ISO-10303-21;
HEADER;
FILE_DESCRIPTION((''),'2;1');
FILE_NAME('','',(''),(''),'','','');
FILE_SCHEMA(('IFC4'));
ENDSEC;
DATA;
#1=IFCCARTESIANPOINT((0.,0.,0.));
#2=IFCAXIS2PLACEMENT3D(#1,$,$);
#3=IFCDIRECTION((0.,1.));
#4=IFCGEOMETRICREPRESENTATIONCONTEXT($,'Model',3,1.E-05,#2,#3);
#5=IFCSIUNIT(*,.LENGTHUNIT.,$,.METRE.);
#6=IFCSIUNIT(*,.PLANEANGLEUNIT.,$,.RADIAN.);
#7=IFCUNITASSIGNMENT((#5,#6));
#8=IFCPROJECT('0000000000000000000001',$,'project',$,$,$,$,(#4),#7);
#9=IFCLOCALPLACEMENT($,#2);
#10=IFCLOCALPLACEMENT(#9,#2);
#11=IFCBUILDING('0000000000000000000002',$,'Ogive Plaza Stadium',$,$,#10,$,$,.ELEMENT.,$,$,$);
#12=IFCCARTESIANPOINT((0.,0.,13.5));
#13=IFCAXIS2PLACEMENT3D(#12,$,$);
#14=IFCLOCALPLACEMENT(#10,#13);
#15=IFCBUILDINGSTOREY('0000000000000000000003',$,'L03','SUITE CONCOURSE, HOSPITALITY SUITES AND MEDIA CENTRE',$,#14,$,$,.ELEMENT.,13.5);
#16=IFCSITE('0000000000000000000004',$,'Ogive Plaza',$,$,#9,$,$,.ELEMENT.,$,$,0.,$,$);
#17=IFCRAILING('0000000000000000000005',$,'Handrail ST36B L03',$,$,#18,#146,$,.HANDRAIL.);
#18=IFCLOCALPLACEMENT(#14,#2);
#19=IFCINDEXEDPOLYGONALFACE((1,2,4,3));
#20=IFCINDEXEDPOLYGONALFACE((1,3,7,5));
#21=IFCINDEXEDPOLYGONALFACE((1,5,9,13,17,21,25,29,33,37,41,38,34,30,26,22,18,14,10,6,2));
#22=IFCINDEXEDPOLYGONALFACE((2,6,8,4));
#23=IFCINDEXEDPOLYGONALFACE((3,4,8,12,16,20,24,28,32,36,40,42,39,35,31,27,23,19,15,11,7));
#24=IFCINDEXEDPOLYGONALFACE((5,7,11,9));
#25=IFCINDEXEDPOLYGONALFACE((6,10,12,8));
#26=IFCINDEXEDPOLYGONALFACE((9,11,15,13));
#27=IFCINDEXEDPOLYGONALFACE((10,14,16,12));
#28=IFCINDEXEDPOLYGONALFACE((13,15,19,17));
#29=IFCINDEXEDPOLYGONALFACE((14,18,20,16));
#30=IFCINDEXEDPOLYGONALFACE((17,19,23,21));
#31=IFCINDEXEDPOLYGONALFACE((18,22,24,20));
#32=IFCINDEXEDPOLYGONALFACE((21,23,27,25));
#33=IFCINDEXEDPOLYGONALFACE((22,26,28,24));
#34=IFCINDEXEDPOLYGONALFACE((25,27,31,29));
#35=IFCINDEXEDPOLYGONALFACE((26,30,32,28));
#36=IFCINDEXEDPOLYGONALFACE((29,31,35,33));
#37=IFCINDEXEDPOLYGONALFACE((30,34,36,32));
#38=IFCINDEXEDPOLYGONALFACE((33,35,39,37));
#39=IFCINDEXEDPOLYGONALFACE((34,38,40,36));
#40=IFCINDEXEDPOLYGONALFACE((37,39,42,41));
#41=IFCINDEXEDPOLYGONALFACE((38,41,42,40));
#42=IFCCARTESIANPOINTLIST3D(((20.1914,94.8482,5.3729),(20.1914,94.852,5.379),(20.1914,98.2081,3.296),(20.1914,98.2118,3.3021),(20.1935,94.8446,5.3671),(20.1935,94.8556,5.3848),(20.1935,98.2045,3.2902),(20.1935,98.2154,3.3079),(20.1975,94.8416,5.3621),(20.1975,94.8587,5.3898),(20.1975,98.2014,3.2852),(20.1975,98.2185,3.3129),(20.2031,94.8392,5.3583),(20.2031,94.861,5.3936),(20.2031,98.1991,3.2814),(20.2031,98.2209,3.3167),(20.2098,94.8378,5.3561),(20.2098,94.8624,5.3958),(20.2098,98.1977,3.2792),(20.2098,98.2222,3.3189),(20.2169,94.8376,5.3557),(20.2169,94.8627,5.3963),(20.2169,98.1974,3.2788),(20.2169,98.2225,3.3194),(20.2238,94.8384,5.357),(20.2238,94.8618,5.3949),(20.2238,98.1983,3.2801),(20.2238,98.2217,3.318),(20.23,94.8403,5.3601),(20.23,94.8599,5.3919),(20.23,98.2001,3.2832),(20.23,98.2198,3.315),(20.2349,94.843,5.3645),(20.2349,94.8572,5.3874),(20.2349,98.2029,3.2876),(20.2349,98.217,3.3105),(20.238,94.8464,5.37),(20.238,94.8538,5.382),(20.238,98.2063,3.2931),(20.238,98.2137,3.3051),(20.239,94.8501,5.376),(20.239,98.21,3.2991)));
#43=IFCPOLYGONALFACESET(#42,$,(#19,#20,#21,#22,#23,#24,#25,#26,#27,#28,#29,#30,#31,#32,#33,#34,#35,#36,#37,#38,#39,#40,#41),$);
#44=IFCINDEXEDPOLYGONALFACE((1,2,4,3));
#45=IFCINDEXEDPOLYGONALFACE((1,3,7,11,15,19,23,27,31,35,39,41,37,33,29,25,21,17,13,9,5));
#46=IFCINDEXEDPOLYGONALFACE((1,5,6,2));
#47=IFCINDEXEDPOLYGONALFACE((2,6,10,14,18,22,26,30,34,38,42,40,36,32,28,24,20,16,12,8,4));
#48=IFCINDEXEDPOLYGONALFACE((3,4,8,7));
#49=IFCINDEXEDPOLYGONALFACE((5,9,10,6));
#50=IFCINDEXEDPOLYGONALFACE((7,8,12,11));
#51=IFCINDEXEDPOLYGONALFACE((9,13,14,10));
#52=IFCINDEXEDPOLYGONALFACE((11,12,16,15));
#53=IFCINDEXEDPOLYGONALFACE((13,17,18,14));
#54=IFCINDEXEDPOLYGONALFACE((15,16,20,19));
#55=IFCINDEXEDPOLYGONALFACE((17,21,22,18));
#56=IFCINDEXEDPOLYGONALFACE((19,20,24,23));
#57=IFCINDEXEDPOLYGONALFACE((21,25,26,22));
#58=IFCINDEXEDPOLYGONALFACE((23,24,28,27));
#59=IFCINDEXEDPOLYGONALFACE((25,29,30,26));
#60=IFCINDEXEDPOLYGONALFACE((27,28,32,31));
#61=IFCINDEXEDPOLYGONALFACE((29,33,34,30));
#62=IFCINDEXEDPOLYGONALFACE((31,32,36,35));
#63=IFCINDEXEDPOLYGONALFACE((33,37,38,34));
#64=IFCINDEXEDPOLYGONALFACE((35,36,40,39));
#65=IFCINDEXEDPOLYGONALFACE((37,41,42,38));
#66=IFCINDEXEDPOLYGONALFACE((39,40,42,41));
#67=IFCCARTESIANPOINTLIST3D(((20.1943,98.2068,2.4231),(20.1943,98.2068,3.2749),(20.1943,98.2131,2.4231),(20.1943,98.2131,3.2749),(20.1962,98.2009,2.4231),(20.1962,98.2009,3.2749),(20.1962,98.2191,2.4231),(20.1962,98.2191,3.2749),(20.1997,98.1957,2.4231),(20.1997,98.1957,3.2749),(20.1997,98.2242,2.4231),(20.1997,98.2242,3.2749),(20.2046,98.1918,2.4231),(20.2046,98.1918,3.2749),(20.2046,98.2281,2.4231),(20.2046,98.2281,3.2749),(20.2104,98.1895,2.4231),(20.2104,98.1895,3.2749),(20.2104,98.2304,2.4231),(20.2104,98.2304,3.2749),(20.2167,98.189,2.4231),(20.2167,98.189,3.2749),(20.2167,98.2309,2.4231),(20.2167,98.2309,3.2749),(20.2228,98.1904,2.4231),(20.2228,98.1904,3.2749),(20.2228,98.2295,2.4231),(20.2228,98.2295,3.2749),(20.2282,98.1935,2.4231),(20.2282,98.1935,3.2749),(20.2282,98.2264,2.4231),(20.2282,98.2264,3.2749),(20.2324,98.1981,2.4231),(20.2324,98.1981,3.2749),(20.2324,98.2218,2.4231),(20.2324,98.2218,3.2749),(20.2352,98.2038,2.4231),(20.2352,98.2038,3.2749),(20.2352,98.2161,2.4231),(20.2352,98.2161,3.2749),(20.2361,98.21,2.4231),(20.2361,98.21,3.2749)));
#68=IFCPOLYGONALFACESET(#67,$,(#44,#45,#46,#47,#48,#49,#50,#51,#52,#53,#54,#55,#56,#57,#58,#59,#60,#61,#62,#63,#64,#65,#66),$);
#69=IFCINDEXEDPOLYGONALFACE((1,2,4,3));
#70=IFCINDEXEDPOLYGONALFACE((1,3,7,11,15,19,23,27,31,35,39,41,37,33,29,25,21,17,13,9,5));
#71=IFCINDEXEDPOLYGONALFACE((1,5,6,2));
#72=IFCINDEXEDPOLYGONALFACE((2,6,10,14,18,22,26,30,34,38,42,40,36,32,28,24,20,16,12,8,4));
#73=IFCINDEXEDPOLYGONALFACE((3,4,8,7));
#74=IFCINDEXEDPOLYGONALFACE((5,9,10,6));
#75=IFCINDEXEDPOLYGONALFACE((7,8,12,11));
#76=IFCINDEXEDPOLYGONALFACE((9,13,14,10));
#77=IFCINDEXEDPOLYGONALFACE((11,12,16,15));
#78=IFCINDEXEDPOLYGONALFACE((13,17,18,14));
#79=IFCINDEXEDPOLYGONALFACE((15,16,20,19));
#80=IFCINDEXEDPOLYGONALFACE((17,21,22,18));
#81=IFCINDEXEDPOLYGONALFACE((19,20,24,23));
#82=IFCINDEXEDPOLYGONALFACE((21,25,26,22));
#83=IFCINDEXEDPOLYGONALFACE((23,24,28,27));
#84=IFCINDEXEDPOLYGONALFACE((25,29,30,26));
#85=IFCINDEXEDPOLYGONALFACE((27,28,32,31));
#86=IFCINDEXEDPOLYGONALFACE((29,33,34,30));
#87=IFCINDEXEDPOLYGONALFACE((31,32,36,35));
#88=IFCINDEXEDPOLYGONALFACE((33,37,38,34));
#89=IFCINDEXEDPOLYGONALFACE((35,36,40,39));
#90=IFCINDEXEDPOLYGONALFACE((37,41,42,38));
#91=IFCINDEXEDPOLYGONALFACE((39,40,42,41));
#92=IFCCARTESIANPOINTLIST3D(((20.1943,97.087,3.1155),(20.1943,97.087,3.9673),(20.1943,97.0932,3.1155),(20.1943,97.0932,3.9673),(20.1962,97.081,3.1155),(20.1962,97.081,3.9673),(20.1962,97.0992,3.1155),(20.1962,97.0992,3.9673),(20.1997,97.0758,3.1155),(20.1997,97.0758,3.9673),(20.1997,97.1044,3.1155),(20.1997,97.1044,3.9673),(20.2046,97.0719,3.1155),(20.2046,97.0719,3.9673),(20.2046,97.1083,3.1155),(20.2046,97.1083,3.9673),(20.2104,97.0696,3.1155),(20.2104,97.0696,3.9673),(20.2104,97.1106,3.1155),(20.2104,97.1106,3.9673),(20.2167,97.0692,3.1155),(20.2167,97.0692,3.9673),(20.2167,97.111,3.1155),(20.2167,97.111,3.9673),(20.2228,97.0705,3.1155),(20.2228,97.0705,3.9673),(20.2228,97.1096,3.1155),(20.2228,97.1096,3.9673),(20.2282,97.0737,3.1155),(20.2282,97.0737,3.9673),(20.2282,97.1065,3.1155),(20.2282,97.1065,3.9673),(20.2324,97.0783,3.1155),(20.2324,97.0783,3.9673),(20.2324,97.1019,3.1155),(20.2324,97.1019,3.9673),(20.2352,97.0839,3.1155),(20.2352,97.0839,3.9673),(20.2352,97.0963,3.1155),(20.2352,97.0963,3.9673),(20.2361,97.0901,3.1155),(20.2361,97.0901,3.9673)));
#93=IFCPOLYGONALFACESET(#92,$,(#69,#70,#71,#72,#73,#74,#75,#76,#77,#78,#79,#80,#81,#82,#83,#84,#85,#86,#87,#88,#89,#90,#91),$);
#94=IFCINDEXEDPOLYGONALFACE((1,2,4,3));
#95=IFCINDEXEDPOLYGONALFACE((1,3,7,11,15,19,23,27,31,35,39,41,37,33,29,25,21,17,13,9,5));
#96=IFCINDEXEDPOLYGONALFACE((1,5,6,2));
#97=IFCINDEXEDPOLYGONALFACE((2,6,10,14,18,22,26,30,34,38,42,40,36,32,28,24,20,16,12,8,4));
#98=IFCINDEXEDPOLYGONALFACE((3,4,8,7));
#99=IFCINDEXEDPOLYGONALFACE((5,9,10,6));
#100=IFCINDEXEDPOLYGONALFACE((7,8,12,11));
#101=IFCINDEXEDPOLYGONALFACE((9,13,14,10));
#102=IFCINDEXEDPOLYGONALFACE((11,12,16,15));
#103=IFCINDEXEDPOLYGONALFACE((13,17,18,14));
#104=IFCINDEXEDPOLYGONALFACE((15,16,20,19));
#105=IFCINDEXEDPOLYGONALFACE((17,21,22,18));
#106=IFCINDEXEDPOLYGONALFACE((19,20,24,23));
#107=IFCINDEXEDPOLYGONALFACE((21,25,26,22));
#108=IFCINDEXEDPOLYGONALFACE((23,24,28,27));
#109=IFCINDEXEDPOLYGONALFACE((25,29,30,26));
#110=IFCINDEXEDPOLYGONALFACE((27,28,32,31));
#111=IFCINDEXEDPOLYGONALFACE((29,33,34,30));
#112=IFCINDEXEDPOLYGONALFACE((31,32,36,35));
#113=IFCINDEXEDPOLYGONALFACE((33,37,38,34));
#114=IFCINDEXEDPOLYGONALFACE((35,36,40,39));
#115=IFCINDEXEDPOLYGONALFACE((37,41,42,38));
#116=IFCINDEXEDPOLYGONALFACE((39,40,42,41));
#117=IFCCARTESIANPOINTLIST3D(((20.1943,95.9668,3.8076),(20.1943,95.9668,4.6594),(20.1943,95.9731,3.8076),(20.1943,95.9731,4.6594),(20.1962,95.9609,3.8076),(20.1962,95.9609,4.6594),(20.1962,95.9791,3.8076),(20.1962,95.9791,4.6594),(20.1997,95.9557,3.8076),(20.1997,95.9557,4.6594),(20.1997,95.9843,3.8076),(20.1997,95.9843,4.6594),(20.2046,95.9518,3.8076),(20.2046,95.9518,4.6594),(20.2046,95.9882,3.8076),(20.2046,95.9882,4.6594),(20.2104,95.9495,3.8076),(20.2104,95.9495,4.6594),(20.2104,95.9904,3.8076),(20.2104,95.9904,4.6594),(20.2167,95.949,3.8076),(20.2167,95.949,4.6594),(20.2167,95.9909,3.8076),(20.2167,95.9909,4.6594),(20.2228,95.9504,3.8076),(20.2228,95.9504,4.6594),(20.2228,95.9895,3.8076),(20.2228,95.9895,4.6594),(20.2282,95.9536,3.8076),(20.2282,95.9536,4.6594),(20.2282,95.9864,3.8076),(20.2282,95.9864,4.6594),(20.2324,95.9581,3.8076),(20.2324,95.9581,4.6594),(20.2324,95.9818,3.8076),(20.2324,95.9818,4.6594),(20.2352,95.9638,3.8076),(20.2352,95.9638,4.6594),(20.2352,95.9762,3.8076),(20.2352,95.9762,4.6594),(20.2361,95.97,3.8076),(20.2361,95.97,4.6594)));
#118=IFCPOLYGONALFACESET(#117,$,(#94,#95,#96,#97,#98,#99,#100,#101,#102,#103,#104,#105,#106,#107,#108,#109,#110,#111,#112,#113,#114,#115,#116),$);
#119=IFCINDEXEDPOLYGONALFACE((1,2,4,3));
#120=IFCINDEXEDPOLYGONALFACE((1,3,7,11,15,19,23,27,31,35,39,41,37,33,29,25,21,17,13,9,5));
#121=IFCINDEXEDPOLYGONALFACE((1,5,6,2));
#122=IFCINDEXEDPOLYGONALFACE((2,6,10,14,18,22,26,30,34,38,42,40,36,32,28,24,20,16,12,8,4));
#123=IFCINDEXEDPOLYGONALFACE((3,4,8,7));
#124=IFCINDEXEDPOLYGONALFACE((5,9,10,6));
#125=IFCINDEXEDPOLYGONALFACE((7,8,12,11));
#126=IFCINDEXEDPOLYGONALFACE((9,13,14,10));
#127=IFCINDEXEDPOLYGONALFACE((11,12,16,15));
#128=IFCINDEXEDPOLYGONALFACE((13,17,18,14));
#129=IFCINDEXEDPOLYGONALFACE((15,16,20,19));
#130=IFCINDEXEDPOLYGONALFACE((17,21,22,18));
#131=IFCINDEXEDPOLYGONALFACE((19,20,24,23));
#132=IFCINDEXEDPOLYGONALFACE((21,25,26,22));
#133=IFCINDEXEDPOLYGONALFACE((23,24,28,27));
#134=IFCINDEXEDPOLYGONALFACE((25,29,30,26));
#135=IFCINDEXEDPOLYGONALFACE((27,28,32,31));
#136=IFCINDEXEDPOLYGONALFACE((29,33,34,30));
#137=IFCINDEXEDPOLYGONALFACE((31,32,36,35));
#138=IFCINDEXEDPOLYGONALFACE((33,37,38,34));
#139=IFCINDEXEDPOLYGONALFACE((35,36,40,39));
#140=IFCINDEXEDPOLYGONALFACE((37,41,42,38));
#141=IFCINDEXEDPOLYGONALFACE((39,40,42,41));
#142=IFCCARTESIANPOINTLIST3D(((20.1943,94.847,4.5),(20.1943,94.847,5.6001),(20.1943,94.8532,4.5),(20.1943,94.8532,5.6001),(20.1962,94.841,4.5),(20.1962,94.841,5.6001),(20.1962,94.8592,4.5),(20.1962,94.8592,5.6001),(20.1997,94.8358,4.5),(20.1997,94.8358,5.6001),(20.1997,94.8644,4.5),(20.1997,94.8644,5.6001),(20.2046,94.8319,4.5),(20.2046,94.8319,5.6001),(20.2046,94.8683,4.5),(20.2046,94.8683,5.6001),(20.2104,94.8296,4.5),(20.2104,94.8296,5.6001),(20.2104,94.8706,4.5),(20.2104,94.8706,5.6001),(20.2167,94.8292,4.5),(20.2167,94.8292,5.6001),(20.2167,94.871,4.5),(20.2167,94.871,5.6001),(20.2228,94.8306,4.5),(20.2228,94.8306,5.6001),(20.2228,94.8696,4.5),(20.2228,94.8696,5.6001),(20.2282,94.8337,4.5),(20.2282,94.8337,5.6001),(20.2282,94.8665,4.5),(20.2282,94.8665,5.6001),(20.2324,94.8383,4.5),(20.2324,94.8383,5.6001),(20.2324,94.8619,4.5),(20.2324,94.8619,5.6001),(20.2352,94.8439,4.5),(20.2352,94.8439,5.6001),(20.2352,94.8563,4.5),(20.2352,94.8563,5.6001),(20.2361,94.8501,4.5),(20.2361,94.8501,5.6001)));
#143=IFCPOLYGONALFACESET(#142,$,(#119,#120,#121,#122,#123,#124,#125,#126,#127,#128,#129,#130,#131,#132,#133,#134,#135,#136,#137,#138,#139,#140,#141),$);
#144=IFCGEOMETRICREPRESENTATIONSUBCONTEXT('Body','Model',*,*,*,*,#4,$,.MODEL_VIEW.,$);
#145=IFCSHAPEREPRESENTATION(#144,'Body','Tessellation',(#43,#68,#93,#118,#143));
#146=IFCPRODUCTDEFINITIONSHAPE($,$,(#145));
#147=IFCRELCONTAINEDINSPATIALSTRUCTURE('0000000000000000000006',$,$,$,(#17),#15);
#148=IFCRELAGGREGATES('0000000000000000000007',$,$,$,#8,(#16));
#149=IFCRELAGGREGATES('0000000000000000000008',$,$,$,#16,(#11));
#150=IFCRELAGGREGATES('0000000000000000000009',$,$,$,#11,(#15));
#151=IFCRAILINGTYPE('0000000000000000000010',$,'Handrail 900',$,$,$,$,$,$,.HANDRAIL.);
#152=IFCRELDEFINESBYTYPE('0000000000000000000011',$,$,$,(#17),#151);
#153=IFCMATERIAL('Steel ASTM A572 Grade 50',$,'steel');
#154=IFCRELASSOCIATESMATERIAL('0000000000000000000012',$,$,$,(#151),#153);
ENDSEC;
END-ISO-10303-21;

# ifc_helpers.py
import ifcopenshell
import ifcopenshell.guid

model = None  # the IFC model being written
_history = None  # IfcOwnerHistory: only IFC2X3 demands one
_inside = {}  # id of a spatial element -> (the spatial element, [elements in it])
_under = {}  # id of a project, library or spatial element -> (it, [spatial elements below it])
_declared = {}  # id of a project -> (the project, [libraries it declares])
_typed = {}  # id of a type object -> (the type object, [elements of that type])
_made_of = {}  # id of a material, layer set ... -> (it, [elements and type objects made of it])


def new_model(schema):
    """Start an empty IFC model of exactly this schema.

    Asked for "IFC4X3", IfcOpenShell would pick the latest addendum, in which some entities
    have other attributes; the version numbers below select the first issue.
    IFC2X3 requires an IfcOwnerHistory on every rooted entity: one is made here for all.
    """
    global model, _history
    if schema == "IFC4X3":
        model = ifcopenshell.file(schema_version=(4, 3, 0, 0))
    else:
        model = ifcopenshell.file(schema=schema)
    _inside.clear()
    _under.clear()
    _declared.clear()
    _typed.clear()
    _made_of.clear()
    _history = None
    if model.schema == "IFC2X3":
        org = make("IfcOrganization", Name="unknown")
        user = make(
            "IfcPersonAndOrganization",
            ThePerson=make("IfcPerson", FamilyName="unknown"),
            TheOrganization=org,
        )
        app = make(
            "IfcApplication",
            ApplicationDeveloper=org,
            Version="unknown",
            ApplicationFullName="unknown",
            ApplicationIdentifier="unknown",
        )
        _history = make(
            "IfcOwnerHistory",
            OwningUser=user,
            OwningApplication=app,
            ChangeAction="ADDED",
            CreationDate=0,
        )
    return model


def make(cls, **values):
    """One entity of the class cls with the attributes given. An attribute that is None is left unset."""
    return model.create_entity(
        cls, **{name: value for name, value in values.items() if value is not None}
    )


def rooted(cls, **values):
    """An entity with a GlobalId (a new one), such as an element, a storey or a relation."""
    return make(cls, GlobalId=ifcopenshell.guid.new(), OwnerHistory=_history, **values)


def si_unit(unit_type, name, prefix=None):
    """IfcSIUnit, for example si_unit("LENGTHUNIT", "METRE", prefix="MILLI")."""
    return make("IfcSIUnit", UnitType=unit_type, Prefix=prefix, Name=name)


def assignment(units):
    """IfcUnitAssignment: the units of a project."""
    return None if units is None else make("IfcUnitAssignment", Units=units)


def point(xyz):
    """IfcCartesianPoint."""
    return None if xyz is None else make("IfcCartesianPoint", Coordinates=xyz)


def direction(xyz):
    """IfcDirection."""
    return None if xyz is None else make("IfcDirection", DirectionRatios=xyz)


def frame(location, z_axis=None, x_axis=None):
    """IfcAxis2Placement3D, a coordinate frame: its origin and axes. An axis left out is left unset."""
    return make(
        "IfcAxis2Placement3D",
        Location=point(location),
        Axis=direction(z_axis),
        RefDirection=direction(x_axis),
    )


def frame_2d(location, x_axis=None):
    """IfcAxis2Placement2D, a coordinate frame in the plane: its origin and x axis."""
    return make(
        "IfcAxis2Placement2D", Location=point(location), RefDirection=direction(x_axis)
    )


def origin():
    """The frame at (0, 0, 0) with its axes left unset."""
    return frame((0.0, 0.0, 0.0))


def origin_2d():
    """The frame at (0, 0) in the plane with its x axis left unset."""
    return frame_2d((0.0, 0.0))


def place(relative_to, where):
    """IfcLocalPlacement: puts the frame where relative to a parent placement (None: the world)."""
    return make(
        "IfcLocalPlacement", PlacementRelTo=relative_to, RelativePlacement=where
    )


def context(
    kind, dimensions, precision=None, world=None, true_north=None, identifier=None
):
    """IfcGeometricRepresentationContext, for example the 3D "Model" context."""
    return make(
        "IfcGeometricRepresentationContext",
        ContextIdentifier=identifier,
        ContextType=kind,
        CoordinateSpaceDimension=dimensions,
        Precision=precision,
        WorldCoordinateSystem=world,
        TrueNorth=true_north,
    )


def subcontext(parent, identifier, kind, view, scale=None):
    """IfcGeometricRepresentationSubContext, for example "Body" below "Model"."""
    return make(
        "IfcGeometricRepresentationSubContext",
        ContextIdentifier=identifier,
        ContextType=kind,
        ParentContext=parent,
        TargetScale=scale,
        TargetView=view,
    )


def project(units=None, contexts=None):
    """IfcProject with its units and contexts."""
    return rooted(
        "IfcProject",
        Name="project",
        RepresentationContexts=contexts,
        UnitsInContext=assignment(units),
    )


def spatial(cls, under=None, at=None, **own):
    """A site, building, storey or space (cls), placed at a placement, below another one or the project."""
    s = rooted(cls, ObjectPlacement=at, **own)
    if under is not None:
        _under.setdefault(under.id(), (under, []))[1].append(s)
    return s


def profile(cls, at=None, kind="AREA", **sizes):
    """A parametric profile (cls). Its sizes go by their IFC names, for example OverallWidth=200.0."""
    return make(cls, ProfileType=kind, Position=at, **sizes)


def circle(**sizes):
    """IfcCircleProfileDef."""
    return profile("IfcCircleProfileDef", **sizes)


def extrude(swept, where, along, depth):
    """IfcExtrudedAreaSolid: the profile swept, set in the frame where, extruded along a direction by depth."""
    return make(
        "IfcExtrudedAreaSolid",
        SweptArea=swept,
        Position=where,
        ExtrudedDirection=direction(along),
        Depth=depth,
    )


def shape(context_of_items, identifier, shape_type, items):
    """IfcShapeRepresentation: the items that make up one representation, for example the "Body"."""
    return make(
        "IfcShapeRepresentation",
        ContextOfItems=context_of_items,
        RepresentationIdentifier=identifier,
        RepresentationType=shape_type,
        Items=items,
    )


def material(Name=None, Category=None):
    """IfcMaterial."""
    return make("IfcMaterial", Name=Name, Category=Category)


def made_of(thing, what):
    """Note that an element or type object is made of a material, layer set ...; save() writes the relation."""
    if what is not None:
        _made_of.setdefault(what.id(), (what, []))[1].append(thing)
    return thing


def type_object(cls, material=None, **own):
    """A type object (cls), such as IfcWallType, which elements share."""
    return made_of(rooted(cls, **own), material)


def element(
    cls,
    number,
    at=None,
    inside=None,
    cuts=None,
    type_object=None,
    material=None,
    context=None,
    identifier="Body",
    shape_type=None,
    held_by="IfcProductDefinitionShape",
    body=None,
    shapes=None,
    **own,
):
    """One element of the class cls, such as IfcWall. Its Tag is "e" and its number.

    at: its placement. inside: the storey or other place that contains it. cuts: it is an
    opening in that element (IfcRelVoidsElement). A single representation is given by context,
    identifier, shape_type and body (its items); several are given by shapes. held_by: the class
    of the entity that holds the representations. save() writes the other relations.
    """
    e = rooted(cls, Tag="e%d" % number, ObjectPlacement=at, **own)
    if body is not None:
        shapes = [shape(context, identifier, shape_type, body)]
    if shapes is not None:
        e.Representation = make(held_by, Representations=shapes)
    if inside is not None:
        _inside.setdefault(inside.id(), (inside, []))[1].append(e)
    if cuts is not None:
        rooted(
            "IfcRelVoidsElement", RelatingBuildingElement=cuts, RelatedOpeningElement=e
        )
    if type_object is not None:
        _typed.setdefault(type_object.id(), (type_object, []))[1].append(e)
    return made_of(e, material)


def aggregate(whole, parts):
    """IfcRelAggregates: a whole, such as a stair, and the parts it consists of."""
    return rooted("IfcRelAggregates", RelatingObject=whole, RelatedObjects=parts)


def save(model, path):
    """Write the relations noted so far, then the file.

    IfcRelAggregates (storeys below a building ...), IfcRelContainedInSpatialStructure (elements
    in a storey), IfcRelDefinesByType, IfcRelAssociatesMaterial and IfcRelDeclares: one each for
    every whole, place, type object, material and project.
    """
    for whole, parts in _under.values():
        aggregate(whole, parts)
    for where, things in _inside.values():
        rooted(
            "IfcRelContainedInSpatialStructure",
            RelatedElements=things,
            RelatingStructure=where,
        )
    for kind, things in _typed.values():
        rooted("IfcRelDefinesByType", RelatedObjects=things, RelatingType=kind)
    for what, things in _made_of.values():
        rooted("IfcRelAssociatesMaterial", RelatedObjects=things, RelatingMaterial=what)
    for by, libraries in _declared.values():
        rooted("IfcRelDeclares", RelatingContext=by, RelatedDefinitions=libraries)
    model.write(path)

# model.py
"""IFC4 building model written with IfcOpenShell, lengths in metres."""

from ifc_helpers import new_model, si_unit, direction, frame, origin, origin_2d, place, context, subcontext, project, spatial, circle, extrude, material, type_object, element, save


model = new_model("IFC4")

# Units and contexts
model_context = context("Model", 3, precision=1e-05, world=origin(), true_north=direction((0.0, 1.0)))
body_context = subcontext(model_context, "Body", "Model", "MODEL_VIEW")
ifc_project = project(units=[si_unit("LENGTHUNIT", "METRE"), si_unit("PLANEANGLEUNIT", "RADIAN")], contexts=[model_context])

# Site, building, storey
site_placement = place(None, origin())
site = spatial("IfcSite", under=ifc_project, at=site_placement, Name="Ogive Plaza", CompositionType="ELEMENT", RefElevation=0.0)
building_placement = place(site_placement, origin())
building = spatial("IfcBuilding", under=site, at=building_placement, Name="Ogive Plaza Stadium", CompositionType="ELEMENT")
storey_placement = place(building_placement, frame((0.0, 0.0, 13.5)))
storey = spatial("IfcBuildingStorey", under=building, at=storey_placement, Name="L03", Description="SUITE CONCOURSE, HOSPITALITY SUITES AND MEDIA CENTRE", CompositionType="ELEMENT", Elevation=13.5)

# Railing
ifc_material_1 = material(Name="Steel ASTM A572 Grade 50", Category="steel")
railing_type_1 = type_object("IfcRailingType", Name="Handrail 900", PredefinedType="HANDRAIL", material=ifc_material_1)
for number, where, name in (
    (1, (20.2151, 98.21, 2.4231), "Handrail ST36B L03"),
):
    element("IfcRailing", number, at=place(storey_placement, frame(where)), inside=storey, type_object=railing_type_1, Name=name, PredefinedType="HANDRAIL", context=body_context, shape_type="SweptSolid", body=[
        extrude(circle(Radius=0.0239, at=origin_2d()), frame((0.0, 0.0, 0.876), z_axis=(0.0, -0.850606, 0.525803), x_axis=(1.0, 0.0, 0.0)), (0.0, 0.0, 1.0), 3.95),
        extrude(circle(Radius=0.021, at=origin_2d()), origin(), (0.0, 0.0, 1.0), 0.8518),
        extrude(circle(Radius=0.021, at=origin_2d()), frame((0.0, -1.1199, 0.6924)), (0.0, 0.0, 1.0), 0.8518),
        extrude(circle(Radius=0.021, at=origin_2d()), frame((0.0, -2.24, 1.3845)), (0.0, 0.0, 1.0), 0.8518),
        extrude(circle(Radius=0.021, at=origin_2d()), frame((0.0, -3.3599, 2.0769)), (0.0, 0.0, 1.0), 1.1001),
    ])

save(model, "model.ifc")
